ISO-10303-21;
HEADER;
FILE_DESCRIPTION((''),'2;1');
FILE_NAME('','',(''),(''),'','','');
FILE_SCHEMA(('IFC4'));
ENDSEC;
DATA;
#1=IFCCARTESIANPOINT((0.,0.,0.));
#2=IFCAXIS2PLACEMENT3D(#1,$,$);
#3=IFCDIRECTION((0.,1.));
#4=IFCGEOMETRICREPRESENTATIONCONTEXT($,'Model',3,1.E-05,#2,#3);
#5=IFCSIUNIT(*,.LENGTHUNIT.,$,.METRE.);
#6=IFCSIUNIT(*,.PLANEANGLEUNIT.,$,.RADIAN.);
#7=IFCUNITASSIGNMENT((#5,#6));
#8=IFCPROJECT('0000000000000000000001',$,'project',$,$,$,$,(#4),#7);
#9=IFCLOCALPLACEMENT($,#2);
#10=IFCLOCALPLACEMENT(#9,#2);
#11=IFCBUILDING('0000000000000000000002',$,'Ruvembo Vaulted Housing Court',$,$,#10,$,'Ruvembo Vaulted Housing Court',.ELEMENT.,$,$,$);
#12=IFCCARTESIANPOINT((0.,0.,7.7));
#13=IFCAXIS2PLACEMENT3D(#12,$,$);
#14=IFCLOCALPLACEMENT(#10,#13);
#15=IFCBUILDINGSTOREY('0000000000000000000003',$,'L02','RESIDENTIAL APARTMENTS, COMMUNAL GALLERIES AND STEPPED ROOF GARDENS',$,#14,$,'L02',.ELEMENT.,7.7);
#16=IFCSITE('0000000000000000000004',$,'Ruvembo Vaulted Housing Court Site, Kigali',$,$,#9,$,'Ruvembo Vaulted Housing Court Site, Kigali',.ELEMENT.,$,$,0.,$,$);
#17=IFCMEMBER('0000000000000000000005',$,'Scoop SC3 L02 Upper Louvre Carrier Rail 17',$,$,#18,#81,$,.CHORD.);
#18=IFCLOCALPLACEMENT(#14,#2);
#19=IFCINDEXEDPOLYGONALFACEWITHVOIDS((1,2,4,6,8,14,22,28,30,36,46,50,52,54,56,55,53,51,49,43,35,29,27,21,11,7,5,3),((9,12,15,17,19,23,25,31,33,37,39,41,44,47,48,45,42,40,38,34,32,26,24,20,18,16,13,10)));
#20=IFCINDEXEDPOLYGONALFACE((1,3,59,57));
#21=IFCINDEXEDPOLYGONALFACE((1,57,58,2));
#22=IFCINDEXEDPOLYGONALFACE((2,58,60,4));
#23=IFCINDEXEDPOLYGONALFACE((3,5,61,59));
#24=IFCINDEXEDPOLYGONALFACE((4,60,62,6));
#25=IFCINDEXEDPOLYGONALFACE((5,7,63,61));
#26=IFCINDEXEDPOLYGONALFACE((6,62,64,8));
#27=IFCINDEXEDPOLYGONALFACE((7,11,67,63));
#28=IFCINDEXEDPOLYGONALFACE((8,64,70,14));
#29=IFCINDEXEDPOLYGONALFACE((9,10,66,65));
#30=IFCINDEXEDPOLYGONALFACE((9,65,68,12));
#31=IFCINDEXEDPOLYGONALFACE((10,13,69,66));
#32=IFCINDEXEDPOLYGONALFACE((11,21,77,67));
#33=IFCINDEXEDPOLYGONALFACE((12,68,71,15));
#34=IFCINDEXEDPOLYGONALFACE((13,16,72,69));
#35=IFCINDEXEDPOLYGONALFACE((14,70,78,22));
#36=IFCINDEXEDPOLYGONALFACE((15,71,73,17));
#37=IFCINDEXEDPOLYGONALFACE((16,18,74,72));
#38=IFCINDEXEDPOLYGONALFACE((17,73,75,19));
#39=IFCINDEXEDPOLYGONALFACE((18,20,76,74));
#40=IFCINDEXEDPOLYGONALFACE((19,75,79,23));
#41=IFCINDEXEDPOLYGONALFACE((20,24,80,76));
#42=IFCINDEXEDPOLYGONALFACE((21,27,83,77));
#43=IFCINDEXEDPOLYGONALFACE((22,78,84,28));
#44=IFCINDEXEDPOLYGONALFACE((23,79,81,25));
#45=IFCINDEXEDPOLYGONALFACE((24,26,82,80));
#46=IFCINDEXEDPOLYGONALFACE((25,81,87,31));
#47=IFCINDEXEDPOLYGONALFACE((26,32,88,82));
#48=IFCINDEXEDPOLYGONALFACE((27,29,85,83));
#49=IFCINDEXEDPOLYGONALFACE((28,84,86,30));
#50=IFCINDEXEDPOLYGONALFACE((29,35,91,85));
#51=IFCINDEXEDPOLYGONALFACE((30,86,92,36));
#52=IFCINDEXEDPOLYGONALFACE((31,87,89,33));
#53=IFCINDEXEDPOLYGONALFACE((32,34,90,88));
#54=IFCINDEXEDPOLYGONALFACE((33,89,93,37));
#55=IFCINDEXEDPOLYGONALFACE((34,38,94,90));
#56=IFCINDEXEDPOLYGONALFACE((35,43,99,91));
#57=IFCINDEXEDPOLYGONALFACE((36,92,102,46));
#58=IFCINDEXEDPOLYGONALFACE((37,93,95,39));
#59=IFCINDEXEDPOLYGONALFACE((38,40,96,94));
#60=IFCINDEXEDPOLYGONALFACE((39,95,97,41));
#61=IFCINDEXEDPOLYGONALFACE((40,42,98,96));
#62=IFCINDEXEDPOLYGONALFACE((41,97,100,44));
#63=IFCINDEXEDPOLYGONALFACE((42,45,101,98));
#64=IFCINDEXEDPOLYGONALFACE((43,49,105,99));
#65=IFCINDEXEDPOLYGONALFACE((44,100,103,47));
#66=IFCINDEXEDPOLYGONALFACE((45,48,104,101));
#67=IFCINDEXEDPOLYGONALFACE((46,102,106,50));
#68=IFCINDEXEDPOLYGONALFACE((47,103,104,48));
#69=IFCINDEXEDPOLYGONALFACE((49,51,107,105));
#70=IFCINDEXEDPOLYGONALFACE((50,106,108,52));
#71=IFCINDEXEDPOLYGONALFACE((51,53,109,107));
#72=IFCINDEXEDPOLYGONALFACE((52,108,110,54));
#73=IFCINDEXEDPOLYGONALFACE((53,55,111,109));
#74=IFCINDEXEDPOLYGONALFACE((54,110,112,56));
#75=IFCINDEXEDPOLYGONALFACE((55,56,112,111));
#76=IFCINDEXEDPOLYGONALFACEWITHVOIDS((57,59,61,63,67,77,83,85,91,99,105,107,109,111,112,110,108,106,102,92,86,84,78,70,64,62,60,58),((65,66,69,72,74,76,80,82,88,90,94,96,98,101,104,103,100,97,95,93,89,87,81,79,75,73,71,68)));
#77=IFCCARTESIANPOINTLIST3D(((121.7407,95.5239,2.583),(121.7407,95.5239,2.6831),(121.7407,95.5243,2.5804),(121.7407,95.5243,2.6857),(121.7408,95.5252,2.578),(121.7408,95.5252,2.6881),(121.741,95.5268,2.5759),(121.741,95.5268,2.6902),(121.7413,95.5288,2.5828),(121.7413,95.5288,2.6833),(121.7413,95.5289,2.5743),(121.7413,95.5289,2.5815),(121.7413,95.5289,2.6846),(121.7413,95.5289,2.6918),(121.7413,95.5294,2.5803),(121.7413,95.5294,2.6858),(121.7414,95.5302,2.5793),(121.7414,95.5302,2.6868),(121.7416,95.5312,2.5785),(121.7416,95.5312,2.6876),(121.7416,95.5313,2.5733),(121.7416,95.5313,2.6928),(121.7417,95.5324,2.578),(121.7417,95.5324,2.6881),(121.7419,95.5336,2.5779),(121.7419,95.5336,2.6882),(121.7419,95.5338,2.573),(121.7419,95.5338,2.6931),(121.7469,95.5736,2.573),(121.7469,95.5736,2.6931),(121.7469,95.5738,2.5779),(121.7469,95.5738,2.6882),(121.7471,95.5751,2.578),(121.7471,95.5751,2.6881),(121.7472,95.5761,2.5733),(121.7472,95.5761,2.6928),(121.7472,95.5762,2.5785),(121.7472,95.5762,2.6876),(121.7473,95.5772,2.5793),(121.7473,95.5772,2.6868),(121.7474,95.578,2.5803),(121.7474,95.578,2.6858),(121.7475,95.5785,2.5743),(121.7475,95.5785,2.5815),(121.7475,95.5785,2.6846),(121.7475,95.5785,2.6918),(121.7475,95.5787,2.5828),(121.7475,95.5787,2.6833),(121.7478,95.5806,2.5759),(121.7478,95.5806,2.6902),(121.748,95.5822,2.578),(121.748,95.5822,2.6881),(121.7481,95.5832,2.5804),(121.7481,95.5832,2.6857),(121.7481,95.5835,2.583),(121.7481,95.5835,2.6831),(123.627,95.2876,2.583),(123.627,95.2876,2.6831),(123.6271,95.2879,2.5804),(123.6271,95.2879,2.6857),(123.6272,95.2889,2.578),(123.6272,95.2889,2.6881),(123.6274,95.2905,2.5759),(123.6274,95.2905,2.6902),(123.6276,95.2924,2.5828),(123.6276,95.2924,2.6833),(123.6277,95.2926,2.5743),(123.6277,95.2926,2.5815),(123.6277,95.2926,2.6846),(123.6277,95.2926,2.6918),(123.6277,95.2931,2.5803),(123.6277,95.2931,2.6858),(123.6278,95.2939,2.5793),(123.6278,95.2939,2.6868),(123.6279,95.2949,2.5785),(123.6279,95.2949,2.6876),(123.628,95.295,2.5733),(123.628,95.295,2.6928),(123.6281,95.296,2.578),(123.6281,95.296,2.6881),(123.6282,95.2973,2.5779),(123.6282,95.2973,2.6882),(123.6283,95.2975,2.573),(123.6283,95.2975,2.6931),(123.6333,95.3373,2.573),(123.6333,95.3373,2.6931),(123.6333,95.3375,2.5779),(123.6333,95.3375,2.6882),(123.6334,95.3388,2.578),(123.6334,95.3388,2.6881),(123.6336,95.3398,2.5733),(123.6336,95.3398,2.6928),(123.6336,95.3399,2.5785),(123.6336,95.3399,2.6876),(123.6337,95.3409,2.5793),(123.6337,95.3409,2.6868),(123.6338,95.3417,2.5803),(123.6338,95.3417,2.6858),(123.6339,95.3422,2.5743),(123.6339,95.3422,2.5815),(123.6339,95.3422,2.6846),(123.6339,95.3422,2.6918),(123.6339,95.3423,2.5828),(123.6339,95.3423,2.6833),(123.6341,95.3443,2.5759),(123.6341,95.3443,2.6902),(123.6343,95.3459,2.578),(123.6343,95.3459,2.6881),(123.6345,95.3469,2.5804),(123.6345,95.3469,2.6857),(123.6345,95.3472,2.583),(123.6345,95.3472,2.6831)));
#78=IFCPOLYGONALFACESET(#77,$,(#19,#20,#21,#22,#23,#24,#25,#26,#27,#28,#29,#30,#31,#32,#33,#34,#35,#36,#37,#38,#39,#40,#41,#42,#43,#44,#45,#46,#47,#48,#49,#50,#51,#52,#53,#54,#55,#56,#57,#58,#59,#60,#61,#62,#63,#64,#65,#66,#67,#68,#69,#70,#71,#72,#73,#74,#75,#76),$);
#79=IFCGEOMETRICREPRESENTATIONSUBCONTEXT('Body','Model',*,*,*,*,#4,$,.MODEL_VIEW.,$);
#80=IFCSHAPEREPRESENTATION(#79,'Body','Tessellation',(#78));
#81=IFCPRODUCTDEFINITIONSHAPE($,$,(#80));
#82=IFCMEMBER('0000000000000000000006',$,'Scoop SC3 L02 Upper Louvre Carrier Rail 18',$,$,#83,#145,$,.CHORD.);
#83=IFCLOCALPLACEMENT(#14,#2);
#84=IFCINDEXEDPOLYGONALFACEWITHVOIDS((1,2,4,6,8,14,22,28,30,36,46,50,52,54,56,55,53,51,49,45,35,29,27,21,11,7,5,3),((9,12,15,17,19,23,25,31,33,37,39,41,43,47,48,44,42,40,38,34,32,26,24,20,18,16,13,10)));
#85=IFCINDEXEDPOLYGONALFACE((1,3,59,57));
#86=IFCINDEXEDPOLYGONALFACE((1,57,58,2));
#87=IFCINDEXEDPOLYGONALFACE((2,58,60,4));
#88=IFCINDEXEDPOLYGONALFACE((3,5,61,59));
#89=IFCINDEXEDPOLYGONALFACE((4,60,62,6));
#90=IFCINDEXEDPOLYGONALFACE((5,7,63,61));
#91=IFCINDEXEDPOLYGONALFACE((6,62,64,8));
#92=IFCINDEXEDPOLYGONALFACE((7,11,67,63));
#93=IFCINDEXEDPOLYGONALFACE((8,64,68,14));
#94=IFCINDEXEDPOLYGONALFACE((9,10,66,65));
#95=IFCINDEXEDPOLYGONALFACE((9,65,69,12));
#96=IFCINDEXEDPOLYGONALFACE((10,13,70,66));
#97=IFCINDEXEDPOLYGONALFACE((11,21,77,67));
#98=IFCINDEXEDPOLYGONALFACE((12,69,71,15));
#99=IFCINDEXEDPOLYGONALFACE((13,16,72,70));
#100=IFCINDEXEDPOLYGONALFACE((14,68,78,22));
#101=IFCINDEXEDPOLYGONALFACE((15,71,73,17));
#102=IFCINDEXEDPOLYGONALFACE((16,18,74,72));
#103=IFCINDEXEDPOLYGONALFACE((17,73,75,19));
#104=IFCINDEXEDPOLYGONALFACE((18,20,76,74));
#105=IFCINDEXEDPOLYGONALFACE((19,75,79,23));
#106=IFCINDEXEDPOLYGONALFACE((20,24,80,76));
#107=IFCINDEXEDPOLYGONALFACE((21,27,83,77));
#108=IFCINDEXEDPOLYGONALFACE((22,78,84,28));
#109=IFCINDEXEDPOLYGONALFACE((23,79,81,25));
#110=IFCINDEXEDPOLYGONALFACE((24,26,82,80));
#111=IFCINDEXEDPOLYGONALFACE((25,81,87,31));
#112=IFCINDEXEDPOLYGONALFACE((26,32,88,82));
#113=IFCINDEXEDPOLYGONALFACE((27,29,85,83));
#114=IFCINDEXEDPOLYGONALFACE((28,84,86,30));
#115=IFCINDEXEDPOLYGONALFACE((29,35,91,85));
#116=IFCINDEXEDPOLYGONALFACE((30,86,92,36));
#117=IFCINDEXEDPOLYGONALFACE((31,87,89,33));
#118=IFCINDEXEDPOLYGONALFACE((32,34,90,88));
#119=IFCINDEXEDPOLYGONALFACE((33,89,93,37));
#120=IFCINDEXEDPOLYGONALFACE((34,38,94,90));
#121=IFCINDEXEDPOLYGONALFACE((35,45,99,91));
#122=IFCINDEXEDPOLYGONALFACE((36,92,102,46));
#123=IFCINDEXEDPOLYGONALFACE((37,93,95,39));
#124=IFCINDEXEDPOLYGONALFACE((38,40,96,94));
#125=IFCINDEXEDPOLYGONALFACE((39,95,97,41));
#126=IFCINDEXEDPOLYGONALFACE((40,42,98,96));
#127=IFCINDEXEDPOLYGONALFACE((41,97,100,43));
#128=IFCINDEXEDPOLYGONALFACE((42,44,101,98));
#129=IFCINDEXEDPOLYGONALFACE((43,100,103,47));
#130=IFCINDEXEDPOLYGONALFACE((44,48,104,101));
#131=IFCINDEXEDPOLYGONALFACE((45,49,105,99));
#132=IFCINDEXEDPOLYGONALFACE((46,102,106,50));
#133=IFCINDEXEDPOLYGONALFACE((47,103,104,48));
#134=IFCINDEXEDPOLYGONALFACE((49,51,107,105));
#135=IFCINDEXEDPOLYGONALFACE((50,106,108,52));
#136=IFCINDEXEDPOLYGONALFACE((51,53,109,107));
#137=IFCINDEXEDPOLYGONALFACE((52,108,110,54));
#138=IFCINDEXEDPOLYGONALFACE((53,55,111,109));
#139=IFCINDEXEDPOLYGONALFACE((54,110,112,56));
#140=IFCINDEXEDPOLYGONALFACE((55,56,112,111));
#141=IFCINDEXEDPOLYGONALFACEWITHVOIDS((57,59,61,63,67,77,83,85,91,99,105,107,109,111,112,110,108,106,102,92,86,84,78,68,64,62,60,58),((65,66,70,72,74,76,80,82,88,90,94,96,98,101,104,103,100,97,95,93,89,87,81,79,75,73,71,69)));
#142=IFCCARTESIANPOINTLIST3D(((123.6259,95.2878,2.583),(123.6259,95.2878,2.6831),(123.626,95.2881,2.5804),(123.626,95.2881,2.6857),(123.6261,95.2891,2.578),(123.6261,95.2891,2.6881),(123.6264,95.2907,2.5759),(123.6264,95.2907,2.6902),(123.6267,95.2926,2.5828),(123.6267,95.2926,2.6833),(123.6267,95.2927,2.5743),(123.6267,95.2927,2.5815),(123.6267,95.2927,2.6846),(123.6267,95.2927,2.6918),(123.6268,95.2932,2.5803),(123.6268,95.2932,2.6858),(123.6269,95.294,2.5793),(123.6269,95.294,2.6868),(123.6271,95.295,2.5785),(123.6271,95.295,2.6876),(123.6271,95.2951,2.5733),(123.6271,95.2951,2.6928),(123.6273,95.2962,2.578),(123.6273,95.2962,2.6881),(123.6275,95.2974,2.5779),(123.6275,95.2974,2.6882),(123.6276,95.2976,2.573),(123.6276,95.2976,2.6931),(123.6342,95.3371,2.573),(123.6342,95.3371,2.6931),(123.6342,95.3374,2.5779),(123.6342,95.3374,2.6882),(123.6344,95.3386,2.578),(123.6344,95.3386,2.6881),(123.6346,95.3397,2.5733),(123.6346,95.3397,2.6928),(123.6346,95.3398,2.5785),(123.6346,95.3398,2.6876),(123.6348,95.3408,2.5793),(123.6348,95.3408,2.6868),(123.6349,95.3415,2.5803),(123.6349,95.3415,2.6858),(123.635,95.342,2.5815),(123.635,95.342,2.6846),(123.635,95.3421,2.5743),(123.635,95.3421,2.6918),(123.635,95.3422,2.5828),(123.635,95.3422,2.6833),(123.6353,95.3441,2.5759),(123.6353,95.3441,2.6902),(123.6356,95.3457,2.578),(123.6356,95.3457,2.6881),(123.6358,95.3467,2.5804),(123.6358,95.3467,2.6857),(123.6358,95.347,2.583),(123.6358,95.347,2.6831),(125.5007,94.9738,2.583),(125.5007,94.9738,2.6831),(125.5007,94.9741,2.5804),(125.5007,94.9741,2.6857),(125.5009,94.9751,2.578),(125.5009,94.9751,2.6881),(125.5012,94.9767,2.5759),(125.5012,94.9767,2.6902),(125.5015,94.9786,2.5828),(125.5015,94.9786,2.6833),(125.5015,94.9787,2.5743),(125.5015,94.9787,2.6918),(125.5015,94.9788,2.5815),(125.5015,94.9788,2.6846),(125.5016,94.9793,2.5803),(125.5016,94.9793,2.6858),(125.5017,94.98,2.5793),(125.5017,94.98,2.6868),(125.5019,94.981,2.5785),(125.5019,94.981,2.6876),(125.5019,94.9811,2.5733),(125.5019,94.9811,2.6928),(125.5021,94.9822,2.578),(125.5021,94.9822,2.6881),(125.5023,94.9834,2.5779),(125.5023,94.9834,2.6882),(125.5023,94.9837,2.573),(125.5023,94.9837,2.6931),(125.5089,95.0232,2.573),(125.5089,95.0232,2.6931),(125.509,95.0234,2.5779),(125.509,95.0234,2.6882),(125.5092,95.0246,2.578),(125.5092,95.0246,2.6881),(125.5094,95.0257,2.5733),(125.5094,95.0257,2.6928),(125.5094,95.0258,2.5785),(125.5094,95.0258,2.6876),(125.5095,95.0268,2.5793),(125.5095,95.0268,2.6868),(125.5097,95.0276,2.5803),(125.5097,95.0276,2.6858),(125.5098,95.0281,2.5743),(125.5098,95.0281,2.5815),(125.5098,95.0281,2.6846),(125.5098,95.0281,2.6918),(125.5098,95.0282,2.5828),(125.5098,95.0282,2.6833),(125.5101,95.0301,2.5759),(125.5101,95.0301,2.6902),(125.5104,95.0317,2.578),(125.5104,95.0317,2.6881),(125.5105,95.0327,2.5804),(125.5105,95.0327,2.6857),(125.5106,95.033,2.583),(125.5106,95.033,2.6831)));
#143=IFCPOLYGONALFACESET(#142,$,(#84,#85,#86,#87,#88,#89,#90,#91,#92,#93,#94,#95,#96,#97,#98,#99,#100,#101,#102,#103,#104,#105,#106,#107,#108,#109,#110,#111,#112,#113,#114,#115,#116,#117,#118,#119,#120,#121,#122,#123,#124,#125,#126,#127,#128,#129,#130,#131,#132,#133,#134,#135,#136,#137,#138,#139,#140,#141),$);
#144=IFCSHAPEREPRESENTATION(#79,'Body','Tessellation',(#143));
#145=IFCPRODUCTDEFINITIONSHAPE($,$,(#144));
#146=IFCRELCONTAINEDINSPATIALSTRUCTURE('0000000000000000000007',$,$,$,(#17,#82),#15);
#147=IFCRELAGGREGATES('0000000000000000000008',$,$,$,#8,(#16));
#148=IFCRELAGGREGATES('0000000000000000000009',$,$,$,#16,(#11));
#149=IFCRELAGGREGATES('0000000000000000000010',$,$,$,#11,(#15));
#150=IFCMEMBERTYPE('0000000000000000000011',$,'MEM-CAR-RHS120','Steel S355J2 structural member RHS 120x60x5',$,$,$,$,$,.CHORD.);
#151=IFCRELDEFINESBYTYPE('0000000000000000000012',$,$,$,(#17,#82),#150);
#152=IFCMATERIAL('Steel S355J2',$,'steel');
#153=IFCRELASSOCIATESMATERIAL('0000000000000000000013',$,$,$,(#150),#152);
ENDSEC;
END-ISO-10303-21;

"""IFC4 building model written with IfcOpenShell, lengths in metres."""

from ifc_helpers import new_model, si_unit, direction, frame, origin, origin_2d, place, context, subcontext, project, spatial, hollow_rectangle, extrude, material, material_profile, profile_set, type_object, element, save


model = new_model("IFC4")

# Units and contexts
model_context = context("Model", 3, precision=1e-05, world=origin(), true_north=direction((0.0, 1.0)))
body_context = subcontext(model_context, "Body", "Model", "MODEL_VIEW")
ifc_project = project(units=[si_unit("LENGTHUNIT", "METRE"), si_unit("PLANEANGLEUNIT", "RADIAN")], contexts=[model_context])

# Site, building, storey
site_placement = place(None, origin())
site = spatial("IfcSite", under=ifc_project, at=site_placement, Name="Ruvembo Vaulted Housing Court Site, Kigali", LongName="Ruvembo Vaulted Housing Court Site, Kigali", CompositionType="ELEMENT", RefElevation=0.0)
building_placement = place(site_placement, origin())
building = spatial("IfcBuilding", under=site, at=building_placement, Name="Ruvembo Vaulted Housing Court", LongName="Ruvembo Vaulted Housing Court", CompositionType="ELEMENT")
storey_placement = place(building_placement, frame((0.0, 0.0, 7.7)))
storey = spatial("IfcBuildingStorey", under=building, at=storey_placement, Name="L02", Description="RESIDENTIAL APARTMENTS, COMMUNAL GALLERIES AND STEPPED ROOF GARDENS", LongName="L02", CompositionType="ELEMENT", Elevation=7.7)

# Shared definitions
ifc_material_1 = material(Name="Steel S355J2", Category="steel")

# Members
ifc_material_profile_1 = material_profile(ifc_material_1, hollow_rectangle(XDim=0.0601, YDim=0.1201, WallThickness=0.0049, InnerFilletRadius=0.0049, OuterFilletRadius=0.01, at=origin_2d()), Name="RHS 120x60x5")
ifc_profile_set_1 = profile_set([ifc_material_profile_1], Name="Steel S355J2")
member_type_1 = type_object("IfcMemberType", Name="MEM-CAR-RHS120", Description="Steel S355J2 structural member RHS 120x60x5", PredefinedType="CHORD", material=ifc_profile_set_1)
for number, where, z_axis, x_axis, name in (
    (1, (121.7444, 95.5537, 2.6331), (0.992244, -0.124303, 0.0), (0.124303, 0.992244, 0.0), "Scoop SC3 L02 Upper Louvre Carrier Rail 17"),
):
    element("IfcMember", number, at=place(storey_placement, frame(where, z_axis=z_axis, x_axis=x_axis)), inside=storey, type_object=member_type_1, Name=name, PredefinedType="CHORD", context=body_context, shape_type="SweptSolid", body=[
        extrude(hollow_rectangle(XDim=0.0601, YDim=0.1201, WallThickness=0.0049, InnerFilletRadius=0.0049, OuterFilletRadius=0.01, at=origin_2d()), origin(), (0.0, 0.0, 1.0), 1.9011),
    ])
member_1_placement = place(storey_placement, frame((123.6309, 95.3174, 2.6331), z_axis=(0.986265, -0.16517, 0.0), x_axis=(0.16517, 0.986265, 0.0)))
element("IfcMember", 2, at=member_1_placement, inside=storey, type_object=member_type_1, Name="Scoop SC3 L02 Upper Louvre Carrier Rail 18", PredefinedType="CHORD", context=body_context, shape_type="SweptSolid", body=[
    extrude(hollow_rectangle(XDim=0.0601, YDim=0.1201, WallThickness=0.0049, InnerFilletRadius=0.0049, OuterFilletRadius=0.01, at=origin_2d()), origin(), (0.0, 0.0, 1.0), 1.9009),
])

save(model, "model.ifc")
